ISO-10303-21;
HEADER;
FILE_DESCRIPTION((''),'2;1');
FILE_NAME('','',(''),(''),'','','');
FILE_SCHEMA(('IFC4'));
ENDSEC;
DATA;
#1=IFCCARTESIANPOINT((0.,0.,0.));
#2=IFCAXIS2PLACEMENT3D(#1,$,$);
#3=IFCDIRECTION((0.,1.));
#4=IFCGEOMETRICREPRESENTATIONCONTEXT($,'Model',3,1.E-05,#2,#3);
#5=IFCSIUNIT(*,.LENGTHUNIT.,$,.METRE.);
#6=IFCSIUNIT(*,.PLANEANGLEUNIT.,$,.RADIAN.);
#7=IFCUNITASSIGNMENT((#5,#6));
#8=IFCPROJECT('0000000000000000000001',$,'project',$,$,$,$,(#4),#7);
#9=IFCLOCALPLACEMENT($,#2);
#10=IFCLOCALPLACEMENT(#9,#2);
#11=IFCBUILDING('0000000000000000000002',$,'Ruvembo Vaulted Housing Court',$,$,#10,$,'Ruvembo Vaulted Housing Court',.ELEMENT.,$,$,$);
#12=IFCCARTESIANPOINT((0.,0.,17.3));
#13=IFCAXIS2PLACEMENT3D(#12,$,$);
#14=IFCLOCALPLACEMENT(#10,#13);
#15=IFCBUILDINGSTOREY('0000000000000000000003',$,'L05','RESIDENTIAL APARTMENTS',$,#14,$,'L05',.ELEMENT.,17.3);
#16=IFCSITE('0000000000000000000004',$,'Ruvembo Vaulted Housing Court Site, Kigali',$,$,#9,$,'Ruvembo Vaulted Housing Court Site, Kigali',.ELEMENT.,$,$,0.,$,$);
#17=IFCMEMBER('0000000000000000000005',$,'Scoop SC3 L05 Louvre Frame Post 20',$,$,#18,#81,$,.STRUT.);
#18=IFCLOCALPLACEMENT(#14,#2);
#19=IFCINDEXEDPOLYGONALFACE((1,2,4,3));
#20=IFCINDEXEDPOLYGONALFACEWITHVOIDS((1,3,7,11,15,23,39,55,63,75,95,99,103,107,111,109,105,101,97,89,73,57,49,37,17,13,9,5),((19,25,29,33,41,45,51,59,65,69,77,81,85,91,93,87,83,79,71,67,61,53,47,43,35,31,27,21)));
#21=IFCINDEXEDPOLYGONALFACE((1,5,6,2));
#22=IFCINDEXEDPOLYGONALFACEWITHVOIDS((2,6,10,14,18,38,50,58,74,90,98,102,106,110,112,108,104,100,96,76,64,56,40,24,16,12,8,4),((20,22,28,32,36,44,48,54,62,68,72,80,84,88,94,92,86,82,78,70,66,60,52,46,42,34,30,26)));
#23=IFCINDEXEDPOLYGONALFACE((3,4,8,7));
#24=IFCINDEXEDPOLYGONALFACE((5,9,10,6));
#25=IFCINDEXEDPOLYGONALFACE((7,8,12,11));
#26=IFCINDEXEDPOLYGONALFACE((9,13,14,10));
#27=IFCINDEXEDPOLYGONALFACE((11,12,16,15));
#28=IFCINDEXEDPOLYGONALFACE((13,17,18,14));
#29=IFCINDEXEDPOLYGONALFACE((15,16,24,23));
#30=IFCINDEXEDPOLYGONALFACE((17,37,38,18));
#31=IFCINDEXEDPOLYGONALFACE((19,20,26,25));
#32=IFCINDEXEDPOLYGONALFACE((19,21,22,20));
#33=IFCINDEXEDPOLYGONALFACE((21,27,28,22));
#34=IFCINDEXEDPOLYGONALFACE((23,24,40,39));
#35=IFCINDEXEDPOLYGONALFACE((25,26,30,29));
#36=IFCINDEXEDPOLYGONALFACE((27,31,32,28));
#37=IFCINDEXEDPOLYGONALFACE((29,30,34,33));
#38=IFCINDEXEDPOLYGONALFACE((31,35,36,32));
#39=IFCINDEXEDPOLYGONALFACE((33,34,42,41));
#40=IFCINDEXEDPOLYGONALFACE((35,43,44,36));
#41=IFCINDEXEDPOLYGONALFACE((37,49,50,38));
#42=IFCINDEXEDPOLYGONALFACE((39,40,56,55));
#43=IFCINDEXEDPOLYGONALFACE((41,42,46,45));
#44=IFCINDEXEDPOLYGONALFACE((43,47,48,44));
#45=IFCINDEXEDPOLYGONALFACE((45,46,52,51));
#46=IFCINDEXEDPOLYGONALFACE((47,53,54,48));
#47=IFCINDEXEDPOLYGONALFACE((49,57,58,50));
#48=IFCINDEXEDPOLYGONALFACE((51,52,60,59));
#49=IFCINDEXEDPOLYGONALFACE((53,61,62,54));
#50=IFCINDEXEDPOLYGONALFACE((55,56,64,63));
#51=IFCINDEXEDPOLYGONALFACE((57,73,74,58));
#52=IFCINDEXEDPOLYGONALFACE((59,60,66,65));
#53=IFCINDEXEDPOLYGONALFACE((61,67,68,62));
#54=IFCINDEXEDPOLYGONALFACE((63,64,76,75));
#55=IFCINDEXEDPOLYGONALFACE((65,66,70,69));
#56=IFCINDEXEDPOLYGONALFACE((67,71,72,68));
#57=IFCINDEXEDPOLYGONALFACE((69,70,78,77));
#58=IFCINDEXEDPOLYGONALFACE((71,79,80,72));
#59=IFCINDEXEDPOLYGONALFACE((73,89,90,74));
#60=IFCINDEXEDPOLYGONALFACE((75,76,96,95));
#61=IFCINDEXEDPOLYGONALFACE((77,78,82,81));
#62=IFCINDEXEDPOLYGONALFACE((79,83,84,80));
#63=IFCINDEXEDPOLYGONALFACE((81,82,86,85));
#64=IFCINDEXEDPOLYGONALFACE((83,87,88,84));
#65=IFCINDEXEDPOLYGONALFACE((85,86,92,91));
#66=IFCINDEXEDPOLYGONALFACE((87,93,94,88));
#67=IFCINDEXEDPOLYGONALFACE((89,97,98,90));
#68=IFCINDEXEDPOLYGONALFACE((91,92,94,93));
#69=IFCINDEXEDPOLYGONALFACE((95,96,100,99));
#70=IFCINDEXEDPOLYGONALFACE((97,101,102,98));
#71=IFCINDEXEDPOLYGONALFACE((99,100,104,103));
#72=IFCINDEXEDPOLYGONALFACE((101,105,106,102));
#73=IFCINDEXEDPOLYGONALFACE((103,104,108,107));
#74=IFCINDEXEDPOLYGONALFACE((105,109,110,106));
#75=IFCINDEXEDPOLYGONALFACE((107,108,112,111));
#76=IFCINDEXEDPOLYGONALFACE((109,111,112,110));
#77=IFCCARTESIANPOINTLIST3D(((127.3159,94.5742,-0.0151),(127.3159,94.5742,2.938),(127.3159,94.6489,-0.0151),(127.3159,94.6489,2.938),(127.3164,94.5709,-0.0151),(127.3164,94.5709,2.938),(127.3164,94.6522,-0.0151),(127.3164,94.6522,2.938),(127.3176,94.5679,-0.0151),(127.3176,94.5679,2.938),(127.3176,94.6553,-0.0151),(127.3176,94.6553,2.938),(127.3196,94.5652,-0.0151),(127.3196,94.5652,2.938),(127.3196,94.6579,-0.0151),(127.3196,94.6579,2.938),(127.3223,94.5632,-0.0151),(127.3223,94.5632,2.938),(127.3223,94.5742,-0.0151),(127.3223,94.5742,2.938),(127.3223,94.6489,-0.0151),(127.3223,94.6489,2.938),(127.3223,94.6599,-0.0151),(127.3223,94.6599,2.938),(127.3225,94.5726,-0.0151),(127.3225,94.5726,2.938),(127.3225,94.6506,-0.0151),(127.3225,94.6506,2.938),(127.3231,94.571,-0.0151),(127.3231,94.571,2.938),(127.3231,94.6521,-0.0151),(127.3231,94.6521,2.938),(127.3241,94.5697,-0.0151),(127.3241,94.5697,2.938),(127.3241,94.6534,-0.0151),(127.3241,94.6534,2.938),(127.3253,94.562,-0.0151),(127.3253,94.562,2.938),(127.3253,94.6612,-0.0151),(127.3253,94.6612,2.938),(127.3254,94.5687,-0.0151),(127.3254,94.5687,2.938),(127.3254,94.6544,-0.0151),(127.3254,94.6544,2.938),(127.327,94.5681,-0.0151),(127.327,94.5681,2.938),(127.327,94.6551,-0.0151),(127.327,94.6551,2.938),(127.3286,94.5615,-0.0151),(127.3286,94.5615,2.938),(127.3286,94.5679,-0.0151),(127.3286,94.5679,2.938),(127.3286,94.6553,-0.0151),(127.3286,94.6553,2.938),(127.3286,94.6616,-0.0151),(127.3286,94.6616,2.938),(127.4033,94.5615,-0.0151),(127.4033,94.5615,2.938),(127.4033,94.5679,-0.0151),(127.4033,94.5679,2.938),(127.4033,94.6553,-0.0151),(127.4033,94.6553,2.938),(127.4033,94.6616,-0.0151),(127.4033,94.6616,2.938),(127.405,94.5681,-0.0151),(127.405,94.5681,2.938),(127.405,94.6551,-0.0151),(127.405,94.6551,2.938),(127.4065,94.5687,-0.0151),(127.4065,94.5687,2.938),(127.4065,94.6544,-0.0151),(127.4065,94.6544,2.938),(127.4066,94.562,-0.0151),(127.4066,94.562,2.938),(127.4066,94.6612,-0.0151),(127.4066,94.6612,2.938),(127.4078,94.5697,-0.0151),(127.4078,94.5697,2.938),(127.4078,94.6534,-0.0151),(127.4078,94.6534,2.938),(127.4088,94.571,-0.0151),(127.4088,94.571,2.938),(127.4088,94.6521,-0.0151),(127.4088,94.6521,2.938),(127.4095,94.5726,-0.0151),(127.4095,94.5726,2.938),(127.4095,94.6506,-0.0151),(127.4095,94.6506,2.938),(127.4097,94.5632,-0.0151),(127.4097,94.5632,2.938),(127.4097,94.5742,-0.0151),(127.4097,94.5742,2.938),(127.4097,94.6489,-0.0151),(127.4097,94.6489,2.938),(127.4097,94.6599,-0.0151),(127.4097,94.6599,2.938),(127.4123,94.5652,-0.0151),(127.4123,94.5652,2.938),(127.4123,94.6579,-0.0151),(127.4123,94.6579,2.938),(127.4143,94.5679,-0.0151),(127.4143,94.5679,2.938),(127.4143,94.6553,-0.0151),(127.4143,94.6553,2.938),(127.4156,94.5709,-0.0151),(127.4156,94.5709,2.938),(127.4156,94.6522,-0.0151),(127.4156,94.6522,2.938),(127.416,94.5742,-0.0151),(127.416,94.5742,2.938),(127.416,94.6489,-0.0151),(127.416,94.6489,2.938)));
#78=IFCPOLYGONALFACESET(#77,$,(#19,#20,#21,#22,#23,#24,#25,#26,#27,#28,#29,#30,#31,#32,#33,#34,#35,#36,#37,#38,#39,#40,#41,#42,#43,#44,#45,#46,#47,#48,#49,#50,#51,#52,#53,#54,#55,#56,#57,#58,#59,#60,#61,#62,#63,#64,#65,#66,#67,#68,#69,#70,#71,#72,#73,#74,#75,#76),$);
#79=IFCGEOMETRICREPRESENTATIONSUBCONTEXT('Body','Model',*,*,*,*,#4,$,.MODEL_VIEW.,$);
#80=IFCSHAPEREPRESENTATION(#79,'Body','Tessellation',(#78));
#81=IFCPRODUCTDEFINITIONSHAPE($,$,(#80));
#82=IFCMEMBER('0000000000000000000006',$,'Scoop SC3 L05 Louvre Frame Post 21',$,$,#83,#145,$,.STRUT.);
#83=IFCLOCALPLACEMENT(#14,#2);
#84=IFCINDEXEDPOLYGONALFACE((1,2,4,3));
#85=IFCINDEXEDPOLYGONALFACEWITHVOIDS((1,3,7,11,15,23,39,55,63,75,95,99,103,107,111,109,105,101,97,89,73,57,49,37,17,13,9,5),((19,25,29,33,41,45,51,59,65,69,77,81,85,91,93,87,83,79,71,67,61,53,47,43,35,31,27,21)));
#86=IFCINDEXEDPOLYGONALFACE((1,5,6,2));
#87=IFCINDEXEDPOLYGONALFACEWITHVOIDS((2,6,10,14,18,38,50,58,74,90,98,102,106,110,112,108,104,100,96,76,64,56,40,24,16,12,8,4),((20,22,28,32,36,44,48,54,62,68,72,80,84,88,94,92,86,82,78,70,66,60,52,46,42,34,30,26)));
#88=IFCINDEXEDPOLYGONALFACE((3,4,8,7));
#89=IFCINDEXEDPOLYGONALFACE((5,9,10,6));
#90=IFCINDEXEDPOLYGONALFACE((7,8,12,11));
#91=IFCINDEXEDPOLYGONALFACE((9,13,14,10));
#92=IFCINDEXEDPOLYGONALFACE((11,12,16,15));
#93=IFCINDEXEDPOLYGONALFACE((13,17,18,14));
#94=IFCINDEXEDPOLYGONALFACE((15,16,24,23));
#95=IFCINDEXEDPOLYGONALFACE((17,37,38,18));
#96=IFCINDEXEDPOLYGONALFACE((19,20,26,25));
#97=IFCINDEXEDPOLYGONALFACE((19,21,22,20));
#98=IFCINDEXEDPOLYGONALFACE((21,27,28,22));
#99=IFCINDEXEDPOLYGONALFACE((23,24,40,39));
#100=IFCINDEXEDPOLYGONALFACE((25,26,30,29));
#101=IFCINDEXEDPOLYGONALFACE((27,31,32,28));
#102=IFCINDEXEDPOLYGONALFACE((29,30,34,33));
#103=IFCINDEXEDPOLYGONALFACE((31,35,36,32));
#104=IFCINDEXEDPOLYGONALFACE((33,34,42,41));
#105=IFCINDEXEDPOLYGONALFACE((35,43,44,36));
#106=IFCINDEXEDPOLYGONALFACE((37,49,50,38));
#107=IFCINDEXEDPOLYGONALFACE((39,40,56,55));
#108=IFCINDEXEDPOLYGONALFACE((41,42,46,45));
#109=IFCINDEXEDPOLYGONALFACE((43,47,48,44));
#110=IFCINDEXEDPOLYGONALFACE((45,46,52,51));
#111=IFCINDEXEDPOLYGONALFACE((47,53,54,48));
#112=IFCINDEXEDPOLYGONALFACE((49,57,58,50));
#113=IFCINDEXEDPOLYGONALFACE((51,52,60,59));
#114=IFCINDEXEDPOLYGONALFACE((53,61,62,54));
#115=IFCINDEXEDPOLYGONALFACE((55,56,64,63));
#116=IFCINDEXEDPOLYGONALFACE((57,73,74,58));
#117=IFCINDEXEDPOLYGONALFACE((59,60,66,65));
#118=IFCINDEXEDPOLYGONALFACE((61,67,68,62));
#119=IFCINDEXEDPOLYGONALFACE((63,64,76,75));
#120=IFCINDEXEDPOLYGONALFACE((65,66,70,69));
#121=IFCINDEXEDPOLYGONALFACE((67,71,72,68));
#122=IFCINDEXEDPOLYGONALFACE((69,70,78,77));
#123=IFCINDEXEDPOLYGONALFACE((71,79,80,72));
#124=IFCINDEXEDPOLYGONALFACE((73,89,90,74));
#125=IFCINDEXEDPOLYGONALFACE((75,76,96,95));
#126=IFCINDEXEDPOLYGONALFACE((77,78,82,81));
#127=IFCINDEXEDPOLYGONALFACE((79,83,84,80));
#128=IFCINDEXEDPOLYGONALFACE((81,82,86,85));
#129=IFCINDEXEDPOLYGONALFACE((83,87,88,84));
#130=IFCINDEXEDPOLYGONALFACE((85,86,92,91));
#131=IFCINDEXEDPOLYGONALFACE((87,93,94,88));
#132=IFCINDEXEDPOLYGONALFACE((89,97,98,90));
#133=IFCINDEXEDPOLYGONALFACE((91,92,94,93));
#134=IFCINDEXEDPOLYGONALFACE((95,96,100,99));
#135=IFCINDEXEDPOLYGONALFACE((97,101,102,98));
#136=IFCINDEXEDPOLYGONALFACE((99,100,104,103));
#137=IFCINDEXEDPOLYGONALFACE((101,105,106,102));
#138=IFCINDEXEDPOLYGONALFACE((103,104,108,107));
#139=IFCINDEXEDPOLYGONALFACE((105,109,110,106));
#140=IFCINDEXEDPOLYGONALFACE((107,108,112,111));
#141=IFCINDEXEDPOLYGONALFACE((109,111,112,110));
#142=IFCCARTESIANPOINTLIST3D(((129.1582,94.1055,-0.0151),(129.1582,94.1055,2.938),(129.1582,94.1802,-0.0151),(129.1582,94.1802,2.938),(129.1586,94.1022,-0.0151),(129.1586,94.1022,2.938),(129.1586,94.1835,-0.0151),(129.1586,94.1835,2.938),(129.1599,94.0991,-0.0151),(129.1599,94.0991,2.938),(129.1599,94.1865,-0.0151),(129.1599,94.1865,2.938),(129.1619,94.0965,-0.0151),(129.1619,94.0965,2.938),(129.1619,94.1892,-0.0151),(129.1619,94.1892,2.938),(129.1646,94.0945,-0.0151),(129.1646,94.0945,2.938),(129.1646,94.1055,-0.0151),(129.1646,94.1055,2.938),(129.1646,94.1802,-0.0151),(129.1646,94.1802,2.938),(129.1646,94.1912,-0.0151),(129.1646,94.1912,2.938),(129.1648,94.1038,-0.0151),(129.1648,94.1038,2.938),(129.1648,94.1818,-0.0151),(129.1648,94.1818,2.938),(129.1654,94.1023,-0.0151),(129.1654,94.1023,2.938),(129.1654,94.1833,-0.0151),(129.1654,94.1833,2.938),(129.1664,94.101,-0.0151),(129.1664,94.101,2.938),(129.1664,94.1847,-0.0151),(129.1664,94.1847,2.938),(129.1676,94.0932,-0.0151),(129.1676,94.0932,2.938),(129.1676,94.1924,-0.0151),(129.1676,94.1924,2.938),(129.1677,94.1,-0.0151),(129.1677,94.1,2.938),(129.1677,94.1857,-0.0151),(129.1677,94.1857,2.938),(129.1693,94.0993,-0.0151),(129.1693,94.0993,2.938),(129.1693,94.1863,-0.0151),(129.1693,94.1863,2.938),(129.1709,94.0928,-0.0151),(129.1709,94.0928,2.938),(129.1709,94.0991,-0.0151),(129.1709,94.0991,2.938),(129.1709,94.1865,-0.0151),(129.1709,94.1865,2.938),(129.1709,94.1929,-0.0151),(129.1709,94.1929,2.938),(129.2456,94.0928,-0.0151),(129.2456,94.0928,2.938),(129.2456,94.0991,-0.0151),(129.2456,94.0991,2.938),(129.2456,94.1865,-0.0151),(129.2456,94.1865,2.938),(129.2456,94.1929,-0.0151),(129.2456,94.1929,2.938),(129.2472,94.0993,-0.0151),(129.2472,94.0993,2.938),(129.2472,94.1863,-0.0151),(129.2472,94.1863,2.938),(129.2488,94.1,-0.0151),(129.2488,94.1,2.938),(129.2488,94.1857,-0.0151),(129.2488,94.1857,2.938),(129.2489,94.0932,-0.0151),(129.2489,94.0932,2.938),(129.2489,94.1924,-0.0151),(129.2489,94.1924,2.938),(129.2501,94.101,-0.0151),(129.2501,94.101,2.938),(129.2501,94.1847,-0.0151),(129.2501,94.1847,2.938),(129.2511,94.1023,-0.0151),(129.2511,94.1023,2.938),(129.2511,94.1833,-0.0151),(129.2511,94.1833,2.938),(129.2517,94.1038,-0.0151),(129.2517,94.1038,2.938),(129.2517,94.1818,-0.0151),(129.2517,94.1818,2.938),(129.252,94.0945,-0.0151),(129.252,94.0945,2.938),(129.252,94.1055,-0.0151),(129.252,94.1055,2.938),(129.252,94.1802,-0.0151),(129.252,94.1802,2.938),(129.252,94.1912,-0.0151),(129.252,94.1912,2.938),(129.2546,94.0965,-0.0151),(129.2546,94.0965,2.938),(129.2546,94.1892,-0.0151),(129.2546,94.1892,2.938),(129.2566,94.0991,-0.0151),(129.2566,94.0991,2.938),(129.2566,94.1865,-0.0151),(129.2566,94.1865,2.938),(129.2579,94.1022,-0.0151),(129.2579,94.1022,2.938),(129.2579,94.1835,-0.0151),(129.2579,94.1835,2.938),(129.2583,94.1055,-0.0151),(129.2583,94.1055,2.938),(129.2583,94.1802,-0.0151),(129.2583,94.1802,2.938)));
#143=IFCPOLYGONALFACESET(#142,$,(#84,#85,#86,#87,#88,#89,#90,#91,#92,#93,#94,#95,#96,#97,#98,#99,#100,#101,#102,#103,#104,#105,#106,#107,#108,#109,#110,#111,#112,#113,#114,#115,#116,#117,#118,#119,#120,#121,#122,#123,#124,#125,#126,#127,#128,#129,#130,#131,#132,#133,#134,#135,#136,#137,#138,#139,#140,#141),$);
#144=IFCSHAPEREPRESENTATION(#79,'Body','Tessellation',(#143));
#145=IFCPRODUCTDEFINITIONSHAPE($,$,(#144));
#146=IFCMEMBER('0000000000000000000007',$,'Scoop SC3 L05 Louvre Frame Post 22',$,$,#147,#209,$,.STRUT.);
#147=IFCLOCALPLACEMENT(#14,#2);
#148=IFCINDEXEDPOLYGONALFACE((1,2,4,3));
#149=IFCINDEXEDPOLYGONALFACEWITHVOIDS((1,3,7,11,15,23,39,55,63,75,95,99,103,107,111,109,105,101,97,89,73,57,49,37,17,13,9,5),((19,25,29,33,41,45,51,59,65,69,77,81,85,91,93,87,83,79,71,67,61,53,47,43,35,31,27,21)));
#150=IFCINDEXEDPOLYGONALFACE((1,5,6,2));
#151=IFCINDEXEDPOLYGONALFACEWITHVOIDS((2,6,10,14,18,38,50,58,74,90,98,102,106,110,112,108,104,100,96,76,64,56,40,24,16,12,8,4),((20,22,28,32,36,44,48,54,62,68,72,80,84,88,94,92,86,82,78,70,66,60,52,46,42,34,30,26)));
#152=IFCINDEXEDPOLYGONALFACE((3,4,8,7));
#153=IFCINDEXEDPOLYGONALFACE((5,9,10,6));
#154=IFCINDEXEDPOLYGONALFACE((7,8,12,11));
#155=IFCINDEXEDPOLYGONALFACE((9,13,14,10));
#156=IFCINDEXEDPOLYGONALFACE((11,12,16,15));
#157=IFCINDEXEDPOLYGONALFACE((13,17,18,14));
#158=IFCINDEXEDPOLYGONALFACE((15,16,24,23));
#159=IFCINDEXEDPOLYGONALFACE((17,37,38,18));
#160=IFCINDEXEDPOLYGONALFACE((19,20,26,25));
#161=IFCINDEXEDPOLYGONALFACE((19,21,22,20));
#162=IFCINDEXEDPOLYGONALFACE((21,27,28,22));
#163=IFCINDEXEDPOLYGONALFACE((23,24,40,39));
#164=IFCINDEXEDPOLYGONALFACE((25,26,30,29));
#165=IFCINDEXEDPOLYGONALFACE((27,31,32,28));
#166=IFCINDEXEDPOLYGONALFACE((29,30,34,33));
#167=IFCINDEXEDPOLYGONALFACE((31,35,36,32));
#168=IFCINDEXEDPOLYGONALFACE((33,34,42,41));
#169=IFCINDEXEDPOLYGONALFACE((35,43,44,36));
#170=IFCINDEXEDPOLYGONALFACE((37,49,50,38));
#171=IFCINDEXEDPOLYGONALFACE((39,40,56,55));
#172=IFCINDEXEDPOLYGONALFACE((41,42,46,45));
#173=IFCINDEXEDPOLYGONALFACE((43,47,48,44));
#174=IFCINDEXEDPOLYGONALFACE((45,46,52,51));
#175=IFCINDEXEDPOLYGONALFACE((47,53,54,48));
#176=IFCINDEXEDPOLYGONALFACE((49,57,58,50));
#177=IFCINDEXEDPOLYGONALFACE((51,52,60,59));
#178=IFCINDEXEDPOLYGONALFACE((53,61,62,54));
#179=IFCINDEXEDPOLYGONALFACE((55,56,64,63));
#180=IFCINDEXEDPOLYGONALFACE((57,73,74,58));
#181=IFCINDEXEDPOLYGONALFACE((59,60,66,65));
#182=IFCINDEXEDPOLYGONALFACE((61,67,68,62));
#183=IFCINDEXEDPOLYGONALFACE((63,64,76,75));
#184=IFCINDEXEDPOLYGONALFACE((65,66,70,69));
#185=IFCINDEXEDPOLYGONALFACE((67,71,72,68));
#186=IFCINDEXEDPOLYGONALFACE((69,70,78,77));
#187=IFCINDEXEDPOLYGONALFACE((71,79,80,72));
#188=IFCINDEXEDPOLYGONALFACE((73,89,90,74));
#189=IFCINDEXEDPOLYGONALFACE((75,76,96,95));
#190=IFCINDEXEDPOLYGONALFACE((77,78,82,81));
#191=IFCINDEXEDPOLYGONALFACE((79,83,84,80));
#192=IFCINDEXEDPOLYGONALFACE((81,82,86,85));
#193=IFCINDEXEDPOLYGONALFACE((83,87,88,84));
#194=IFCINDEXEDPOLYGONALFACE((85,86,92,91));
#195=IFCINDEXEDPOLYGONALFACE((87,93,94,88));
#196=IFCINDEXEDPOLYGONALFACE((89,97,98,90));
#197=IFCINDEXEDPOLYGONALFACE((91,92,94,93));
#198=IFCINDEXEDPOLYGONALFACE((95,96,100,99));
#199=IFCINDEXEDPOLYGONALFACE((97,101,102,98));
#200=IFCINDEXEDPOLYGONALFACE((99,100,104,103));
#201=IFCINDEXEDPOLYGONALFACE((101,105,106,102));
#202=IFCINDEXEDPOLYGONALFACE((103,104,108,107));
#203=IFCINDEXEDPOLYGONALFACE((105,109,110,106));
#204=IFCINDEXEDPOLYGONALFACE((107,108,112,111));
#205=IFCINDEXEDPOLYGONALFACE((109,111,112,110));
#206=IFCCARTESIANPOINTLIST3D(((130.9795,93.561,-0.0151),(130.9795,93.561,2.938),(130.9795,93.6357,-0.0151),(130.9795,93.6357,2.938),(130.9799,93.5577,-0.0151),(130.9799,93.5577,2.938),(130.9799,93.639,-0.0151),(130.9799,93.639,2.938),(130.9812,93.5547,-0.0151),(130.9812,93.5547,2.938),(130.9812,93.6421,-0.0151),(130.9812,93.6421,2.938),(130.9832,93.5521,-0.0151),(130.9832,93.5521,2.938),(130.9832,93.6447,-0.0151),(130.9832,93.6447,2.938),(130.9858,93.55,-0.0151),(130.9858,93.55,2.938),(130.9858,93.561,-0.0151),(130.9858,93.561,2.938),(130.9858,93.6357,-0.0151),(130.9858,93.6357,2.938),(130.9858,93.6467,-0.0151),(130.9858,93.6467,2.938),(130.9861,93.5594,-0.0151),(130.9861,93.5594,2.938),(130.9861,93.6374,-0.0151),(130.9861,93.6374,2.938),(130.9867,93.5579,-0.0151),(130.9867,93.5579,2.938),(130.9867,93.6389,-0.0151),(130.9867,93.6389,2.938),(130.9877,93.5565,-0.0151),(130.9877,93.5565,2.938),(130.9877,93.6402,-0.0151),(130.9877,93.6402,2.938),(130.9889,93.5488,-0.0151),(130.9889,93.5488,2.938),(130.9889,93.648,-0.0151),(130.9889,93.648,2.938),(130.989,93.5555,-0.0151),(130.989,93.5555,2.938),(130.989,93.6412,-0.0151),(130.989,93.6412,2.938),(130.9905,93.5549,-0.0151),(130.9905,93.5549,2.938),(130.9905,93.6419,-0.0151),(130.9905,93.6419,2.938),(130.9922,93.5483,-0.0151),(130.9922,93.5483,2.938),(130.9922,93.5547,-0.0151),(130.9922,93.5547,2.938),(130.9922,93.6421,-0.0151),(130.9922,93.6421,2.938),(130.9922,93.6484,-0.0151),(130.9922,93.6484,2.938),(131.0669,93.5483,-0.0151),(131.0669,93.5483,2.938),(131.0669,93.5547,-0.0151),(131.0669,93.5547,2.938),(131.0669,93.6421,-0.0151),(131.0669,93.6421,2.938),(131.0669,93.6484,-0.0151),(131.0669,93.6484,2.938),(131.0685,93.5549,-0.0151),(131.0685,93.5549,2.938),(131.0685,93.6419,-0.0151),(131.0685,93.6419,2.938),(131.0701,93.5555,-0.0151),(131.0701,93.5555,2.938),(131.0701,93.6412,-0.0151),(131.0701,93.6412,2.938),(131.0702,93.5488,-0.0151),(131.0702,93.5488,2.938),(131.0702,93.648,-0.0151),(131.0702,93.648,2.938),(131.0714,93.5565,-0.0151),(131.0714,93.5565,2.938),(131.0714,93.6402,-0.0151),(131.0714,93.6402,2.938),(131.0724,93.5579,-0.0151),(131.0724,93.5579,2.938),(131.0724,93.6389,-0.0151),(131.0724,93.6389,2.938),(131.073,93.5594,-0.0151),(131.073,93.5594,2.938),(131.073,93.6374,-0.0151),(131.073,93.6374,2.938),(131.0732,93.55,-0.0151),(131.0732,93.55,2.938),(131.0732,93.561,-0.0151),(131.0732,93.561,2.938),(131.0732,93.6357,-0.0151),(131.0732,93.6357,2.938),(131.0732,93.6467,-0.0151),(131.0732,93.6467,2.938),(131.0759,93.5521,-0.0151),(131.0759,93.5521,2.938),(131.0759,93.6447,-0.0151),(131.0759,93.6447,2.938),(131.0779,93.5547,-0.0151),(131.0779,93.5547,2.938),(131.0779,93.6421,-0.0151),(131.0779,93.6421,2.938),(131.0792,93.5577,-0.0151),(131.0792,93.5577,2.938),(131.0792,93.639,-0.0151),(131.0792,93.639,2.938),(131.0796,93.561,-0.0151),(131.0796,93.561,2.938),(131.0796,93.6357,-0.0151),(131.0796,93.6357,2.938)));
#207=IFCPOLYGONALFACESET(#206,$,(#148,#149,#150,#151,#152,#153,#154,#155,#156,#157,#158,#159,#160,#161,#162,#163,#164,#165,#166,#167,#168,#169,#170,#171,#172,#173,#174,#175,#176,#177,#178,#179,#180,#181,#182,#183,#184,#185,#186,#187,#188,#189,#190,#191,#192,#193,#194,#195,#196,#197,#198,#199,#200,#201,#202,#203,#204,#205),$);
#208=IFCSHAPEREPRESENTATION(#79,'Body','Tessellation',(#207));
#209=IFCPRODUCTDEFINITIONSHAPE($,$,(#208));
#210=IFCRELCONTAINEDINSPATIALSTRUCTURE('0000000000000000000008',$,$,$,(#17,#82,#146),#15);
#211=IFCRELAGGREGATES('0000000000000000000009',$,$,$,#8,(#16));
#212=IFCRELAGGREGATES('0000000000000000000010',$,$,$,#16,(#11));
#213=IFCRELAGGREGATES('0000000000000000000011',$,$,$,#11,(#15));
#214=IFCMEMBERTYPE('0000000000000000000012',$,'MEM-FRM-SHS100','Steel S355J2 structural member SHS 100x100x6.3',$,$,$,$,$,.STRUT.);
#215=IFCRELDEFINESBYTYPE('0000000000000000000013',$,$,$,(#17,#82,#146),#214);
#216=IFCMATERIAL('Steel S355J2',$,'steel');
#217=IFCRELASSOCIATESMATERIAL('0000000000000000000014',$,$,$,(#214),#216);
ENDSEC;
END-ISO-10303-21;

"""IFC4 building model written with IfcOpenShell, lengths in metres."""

from ifc_helpers import new_model, si_unit, direction, frame, origin, origin_2d, place, context, subcontext, project, spatial, hollow_rectangle, extrude, material, material_profile, profile_set, type_object, element, save


model = new_model("IFC4")

# Units and contexts
model_context = context("Model", 3, precision=1e-05, world=origin(), true_north=direction((0.0, 1.0)))
body_context = subcontext(model_context, "Body", "Model", "MODEL_VIEW")
ifc_project = project(units=[si_unit("LENGTHUNIT", "METRE"), si_unit("PLANEANGLEUNIT", "RADIAN")], contexts=[model_context])

# Site, building, storey
site_placement = place(None, origin())
site = spatial("IfcSite", under=ifc_project, at=site_placement, Name="Ruvembo Vaulted Housing Court Site, Kigali", LongName="Ruvembo Vaulted Housing Court Site, Kigali", CompositionType="ELEMENT", RefElevation=0.0)
building_placement = place(site_placement, origin())
building = spatial("IfcBuilding", under=site, at=building_placement, Name="Ruvembo Vaulted Housing Court", LongName="Ruvembo Vaulted Housing Court", CompositionType="ELEMENT")
storey_placement = place(building_placement, frame((0.0, 0.0, 17.3)))
storey = spatial("IfcBuildingStorey", under=building, at=storey_placement, Name="L05", Description="RESIDENTIAL APARTMENTS", LongName="L05", CompositionType="ELEMENT", Elevation=17.3)

# Shared definitions
ifc_material_1 = material(Name="Steel S355J2", Category="steel")

# Members
ifc_material_profile_1 = material_profile(ifc_material_1, hollow_rectangle(XDim=0.1001, YDim=0.1001, WallThickness=0.0063, InnerFilletRadius=0.0063, OuterFilletRadius=0.0127, at=origin_2d()), Name="SHS 100x100x6.3")
ifc_profile_set_1 = profile_set([ifc_material_profile_1], Name="Steel S355J2")
member_type_1 = type_object("IfcMemberType", Name="MEM-FRM-SHS100", Description="Steel S355J2 structural member SHS 100x100x6.3", PredefinedType="STRUT", material=ifc_profile_set_1)
for number, where, z_axis, x_axis, name in (
    (1, (127.366, 94.6116, -0.0151), (0.0, 0.0, 1.0), (1.0, 0.0, 0.0), "Scoop SC3 L05 Louvre Frame Post 20"),
    (2, (129.2083, 94.1428, -0.0151), (0.0, 0.0, 1.0), (1.0, 0.0, 0.0), "Scoop SC3 L05 Louvre Frame Post 21"),
    (3, (131.0295, 93.5984, -0.0151), (0.0, 0.0, 1.0), (1.0, 0.0, 0.0), "Scoop SC3 L05 Louvre Frame Post 22"),
):
    element("IfcMember", number, at=place(storey_placement, frame(where, z_axis=z_axis, x_axis=x_axis)), inside=storey, type_object=member_type_1, Name=name, PredefinedType="STRUT", context=body_context, shape_type="SweptSolid", body=[
        extrude(hollow_rectangle(XDim=0.1001, YDim=0.1001, WallThickness=0.0063, InnerFilletRadius=0.0063, OuterFilletRadius=0.0127, at=origin_2d()), origin(), (0.0, 0.0, 1.0), 2.9531),
    ])

save(model, "model.ifc")
